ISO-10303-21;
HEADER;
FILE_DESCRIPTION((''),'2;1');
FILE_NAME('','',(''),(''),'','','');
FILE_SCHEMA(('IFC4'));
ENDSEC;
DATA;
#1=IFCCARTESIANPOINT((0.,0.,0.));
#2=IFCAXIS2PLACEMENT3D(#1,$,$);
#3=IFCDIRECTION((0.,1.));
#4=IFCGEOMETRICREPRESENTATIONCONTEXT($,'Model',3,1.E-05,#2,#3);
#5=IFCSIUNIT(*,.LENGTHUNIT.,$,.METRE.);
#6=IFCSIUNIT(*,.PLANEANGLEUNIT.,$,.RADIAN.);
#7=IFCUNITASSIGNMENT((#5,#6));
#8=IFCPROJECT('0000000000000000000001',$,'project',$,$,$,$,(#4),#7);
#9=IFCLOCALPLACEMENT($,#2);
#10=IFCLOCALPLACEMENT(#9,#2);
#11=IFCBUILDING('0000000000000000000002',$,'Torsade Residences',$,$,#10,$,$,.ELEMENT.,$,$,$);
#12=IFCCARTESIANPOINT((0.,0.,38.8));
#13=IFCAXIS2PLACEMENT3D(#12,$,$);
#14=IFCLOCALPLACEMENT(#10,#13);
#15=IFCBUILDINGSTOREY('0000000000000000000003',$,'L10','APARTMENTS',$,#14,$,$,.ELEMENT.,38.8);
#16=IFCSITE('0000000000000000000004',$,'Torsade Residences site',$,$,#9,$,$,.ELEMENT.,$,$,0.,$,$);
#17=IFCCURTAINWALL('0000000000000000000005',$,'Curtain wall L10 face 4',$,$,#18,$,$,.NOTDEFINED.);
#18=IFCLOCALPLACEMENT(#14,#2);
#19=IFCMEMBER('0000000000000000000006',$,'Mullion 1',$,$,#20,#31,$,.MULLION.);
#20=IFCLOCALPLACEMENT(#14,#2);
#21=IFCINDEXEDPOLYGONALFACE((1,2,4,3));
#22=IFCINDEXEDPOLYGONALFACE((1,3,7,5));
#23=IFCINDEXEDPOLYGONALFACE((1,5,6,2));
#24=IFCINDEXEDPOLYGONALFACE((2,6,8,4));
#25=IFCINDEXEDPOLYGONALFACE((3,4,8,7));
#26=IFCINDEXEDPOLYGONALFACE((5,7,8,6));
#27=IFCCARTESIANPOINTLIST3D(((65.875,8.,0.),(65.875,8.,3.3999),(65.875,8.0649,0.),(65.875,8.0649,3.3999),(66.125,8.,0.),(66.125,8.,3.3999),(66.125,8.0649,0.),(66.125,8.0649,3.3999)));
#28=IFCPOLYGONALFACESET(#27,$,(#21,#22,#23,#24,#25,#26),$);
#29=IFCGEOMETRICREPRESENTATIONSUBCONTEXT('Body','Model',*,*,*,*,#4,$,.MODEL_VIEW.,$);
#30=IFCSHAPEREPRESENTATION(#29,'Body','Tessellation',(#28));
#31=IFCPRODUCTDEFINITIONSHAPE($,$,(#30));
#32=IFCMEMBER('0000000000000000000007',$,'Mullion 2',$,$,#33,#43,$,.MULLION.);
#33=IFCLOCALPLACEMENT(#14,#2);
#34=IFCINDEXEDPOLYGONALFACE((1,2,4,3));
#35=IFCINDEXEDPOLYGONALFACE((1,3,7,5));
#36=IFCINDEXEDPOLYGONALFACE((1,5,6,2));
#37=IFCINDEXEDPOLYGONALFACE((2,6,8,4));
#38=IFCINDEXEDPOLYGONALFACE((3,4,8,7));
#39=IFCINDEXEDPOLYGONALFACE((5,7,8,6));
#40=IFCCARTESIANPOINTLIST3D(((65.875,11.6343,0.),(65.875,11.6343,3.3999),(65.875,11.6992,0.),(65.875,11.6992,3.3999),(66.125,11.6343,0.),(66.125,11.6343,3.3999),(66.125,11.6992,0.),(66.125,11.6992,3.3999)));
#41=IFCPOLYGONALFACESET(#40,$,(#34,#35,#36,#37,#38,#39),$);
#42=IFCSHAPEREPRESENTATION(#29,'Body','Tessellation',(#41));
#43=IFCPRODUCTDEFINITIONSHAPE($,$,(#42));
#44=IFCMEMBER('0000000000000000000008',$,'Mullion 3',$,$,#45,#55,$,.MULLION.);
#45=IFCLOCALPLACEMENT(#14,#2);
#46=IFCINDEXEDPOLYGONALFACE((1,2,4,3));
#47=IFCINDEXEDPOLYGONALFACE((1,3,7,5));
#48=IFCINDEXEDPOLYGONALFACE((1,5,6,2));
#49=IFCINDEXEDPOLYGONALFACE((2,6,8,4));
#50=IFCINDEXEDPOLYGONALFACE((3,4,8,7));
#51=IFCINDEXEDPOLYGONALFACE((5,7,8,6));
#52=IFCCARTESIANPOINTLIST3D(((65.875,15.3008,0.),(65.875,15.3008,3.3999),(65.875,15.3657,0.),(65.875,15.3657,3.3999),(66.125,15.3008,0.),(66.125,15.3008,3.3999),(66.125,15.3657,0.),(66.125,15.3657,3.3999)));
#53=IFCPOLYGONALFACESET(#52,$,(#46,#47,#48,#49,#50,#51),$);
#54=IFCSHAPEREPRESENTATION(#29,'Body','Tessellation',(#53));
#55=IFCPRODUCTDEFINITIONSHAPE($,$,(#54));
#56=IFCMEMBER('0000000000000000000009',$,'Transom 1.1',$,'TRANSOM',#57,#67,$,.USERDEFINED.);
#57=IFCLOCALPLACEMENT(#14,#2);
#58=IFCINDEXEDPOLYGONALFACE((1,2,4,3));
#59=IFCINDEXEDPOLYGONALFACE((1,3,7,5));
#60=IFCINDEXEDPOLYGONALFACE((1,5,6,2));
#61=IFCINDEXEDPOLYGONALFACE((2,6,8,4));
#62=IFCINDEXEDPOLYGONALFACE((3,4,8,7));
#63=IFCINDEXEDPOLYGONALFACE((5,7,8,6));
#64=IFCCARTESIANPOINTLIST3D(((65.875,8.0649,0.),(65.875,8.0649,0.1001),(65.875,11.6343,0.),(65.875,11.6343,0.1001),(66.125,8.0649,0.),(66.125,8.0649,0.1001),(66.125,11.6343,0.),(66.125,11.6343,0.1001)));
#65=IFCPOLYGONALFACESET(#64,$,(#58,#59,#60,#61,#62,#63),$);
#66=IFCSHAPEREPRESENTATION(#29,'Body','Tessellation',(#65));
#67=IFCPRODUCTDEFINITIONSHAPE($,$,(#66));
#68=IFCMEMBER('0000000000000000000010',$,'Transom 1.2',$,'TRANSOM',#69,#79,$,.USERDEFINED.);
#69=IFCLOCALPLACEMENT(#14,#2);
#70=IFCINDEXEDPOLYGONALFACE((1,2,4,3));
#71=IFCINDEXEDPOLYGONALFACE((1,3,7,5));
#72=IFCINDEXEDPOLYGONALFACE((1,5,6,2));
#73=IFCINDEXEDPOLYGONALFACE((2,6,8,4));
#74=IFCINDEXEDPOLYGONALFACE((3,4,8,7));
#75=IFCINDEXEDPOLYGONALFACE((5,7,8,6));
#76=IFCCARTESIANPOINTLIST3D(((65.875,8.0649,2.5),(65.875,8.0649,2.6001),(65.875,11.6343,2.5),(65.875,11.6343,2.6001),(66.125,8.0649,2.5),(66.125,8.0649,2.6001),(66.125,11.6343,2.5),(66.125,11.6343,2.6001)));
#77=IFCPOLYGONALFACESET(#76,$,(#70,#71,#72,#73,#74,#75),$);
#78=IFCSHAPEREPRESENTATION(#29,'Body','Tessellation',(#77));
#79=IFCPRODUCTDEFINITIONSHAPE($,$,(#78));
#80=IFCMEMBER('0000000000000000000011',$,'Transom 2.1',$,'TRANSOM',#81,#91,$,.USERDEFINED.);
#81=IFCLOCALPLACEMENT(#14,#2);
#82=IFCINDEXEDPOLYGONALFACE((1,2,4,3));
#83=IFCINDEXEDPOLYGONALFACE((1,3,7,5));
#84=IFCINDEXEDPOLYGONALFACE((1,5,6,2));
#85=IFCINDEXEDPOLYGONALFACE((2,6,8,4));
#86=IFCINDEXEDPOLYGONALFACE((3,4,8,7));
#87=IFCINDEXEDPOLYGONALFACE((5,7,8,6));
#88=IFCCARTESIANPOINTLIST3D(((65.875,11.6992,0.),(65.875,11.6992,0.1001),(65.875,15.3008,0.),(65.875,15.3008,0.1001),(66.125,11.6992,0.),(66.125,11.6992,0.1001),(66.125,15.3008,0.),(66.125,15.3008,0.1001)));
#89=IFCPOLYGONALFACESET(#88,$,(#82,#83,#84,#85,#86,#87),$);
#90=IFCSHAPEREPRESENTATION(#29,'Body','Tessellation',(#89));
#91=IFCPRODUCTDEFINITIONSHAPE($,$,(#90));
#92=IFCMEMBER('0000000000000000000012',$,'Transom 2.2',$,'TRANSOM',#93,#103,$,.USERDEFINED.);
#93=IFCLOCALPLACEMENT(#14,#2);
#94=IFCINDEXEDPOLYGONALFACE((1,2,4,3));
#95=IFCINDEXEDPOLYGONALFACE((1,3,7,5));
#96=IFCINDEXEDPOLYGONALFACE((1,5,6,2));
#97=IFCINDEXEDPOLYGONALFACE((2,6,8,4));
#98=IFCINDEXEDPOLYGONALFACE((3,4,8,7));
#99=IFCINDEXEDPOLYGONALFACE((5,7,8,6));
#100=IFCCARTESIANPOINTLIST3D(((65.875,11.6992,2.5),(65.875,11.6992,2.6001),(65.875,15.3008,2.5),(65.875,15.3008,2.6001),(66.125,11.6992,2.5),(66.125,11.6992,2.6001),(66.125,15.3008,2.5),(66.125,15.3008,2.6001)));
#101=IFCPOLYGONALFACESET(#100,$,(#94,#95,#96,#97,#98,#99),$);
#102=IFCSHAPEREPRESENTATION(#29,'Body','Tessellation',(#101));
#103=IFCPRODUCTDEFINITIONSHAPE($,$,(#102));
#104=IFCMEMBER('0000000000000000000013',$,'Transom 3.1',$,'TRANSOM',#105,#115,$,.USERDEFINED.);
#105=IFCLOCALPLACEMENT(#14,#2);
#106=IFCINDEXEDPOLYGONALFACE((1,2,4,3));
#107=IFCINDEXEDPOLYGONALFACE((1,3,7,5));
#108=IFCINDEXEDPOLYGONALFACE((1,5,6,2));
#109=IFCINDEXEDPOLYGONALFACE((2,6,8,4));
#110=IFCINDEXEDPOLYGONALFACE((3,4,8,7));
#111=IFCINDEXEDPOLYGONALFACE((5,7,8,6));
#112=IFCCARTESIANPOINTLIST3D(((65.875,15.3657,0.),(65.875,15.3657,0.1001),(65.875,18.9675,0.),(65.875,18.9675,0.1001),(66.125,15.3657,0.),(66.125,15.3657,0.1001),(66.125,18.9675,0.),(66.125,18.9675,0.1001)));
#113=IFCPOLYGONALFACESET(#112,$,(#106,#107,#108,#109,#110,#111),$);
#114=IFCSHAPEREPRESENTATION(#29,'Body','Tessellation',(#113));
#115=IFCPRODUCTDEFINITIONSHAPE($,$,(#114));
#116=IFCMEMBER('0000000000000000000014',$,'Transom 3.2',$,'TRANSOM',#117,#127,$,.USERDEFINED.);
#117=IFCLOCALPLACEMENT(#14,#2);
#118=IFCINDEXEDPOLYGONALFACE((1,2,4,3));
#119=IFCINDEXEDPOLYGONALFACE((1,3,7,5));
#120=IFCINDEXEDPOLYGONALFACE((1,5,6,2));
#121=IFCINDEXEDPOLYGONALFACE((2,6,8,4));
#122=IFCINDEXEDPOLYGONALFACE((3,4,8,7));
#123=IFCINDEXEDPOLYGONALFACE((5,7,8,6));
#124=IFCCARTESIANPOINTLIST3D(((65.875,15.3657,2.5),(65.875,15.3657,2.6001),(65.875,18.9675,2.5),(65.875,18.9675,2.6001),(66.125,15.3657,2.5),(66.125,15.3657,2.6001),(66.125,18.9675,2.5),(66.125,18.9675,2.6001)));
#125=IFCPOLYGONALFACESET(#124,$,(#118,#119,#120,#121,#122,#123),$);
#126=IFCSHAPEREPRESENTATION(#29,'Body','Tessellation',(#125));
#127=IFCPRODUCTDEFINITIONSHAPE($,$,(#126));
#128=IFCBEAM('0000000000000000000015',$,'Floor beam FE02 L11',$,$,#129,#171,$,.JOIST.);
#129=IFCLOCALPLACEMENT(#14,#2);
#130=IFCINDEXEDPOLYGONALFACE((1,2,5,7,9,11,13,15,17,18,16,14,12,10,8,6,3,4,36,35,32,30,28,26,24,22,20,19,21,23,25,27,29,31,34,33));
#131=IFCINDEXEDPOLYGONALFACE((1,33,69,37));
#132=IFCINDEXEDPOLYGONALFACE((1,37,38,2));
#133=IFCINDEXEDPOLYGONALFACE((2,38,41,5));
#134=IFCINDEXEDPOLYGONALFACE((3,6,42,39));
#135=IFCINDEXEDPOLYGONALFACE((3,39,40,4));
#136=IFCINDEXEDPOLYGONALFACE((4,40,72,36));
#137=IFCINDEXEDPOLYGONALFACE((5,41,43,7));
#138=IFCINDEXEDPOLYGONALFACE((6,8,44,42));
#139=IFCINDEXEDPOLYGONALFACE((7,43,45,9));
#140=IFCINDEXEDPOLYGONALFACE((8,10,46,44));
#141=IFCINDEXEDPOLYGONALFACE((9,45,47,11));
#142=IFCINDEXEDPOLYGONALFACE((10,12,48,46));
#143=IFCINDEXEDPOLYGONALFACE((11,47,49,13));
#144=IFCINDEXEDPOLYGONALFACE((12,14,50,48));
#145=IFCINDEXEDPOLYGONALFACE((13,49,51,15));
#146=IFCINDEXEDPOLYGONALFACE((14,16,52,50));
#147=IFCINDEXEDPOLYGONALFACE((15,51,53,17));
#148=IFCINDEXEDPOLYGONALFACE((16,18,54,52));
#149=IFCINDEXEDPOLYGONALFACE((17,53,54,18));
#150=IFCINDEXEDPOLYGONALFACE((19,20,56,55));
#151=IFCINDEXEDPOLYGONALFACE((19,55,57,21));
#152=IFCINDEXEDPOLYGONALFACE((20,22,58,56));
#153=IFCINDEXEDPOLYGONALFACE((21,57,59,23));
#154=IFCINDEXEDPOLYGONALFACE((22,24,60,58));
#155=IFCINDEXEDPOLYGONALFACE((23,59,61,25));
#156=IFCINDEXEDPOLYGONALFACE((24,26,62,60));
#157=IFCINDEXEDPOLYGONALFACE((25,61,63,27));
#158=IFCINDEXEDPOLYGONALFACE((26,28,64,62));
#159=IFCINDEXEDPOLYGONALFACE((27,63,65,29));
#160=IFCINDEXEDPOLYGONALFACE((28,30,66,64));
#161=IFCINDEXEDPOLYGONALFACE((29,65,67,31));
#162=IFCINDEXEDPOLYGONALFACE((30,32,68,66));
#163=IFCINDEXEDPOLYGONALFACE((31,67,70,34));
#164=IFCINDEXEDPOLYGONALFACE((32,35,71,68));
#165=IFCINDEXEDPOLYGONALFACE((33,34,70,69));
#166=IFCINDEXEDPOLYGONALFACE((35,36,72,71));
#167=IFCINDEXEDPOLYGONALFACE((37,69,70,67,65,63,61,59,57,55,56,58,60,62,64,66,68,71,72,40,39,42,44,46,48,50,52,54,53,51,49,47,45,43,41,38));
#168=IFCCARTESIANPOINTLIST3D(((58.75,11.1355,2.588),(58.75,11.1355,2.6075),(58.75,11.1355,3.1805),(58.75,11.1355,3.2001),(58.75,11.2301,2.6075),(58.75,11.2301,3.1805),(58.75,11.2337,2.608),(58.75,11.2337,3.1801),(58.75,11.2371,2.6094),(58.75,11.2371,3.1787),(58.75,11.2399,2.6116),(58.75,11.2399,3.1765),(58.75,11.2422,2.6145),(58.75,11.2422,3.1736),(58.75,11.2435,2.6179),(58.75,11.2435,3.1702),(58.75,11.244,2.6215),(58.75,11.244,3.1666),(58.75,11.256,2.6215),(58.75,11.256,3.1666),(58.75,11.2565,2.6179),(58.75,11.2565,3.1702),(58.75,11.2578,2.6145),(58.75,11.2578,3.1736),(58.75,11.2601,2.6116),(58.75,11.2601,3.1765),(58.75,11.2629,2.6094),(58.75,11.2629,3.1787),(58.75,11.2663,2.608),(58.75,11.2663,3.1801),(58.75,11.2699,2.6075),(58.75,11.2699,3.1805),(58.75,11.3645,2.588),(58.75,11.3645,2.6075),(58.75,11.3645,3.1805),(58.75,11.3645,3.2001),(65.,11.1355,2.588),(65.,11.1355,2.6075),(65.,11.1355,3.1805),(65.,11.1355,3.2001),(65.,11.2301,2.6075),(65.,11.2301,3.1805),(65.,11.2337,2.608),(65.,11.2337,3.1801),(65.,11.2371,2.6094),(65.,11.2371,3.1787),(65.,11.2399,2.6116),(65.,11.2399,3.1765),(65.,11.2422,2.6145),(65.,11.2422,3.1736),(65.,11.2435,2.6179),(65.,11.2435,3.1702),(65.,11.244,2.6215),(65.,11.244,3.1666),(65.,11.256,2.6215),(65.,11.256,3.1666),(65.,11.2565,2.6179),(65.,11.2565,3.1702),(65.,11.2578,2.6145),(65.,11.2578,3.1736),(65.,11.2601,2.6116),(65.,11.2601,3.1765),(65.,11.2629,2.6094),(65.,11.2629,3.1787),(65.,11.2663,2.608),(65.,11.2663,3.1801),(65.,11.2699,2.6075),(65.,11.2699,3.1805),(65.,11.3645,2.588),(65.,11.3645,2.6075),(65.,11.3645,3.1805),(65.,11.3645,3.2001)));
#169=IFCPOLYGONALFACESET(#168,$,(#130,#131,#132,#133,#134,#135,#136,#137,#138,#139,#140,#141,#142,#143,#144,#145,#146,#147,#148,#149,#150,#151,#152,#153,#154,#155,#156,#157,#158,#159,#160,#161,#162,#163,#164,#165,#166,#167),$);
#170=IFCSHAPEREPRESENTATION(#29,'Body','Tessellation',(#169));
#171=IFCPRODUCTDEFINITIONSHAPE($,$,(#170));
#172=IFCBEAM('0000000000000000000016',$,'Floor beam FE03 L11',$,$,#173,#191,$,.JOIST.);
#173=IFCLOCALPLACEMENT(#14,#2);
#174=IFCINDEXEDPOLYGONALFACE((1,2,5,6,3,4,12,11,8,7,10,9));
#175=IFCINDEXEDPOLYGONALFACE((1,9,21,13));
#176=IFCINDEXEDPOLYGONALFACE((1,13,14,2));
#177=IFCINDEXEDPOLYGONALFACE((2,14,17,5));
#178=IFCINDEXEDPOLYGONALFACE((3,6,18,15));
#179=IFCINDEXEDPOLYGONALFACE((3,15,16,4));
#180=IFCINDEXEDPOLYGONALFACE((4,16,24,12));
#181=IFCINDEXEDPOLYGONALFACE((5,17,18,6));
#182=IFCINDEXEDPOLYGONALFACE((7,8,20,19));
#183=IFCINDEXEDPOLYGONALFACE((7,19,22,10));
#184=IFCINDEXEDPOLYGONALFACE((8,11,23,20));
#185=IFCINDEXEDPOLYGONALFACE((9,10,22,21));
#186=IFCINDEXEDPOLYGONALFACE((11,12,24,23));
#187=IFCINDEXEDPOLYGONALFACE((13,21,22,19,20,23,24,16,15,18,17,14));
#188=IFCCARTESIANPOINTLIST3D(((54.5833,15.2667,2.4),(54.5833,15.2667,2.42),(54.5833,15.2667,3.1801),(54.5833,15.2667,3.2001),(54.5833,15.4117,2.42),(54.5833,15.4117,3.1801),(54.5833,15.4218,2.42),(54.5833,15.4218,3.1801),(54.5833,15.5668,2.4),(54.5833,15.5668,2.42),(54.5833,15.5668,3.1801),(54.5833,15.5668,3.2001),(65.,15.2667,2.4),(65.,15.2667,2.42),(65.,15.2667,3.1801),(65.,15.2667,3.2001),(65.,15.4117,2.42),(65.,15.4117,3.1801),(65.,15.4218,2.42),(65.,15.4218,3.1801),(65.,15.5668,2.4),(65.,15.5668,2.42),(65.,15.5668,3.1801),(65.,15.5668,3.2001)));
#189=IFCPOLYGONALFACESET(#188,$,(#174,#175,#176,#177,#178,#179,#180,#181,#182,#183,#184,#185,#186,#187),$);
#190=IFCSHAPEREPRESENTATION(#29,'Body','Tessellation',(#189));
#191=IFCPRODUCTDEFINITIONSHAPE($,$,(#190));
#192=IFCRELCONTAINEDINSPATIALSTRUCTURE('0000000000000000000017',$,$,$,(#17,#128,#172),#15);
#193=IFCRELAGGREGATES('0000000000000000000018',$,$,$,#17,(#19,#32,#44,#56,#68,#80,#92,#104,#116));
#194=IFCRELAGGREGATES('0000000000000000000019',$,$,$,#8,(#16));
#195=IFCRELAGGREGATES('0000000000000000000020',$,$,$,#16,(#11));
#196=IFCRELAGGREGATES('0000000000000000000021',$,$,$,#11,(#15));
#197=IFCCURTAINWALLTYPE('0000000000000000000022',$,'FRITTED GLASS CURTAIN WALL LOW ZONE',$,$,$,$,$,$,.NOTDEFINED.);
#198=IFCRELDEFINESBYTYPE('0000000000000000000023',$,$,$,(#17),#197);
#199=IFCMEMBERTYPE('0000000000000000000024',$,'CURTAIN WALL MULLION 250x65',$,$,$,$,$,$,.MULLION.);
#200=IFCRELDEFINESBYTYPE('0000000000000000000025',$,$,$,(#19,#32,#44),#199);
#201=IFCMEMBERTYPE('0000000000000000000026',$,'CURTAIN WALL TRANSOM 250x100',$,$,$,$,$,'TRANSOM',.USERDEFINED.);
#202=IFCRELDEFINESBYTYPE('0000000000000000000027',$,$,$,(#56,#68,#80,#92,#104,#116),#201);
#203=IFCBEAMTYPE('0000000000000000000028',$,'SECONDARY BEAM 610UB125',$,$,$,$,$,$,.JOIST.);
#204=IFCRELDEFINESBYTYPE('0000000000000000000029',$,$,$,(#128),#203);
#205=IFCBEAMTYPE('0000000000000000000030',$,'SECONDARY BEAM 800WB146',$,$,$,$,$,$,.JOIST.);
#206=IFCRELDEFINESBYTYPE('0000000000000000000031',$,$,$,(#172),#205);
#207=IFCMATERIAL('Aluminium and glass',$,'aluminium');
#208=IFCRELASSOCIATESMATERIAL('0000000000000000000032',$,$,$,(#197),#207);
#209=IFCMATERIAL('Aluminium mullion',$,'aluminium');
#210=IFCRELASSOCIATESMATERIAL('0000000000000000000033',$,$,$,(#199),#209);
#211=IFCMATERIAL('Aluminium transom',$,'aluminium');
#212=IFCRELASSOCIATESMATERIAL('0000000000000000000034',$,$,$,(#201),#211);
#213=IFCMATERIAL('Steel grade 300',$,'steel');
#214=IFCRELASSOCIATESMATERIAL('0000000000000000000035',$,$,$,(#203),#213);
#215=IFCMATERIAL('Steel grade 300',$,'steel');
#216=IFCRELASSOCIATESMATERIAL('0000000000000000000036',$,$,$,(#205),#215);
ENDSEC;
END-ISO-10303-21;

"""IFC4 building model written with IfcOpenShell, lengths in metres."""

from ifc_helpers import new_model, si_unit, direction, frame, origin, origin_2d, place, context, subcontext, project, spatial, rectangle, i_section, extrude, material, material_profile, profile_set, type_object, element, aggregate, save


model = new_model("IFC4")

# Units and contexts
model_context = context("Model", 3, precision=1e-05, world=origin(), true_north=direction((0.0, 1.0)))
body_context = subcontext(model_context, "Body", "Model", "MODEL_VIEW")
ifc_project = project(units=[si_unit("LENGTHUNIT", "METRE"), si_unit("PLANEANGLEUNIT", "RADIAN")], contexts=[model_context])

# Site, building, storey
site_placement = place(None, origin())
site = spatial("IfcSite", under=ifc_project, at=site_placement, Name="Torsade Residences site", CompositionType="ELEMENT", RefElevation=0.0)
building_placement = place(site_placement, origin())
building = spatial("IfcBuilding", under=site, at=building_placement, Name="Torsade Residences", CompositionType="ELEMENT")
storey_placement = place(building_placement, frame((0.0, 0.0, 38.8)))
storey = spatial("IfcBuildingStorey", under=building, at=storey_placement, Name="L10", Description="APARTMENTS", CompositionType="ELEMENT", Elevation=38.8)

# Curtain wall, members
ifc_material_1 = material(Name="Aluminium and glass", Category="aluminium")
curtain_wall_type = type_object("IfcCurtainWallType", Name="FRITTED GLASS CURTAIN WALL LOW ZONE", PredefinedType="NOTDEFINED", material=ifc_material_1)
curtain_wall_placement = place(storey_placement, origin())
curtain_wall = element("IfcCurtainWall", 1, at=curtain_wall_placement, inside=storey, type_object=curtain_wall_type, Name="Curtain wall L10 face 4", PredefinedType="NOTDEFINED")
ifc_material_2 = material(Name="Aluminium mullion", Category="aluminium")
ifc_material_profile_1 = material_profile(ifc_material_2, rectangle(XDim=0.25, YDim=0.0649, at=origin_2d()), Name="CURTAIN WALL MULLION 250x65")
ifc_profile_set_1 = profile_set([ifc_material_profile_1], Name="Aluminium mullion")
member_type_1 = type_object("IfcMemberType", Name="CURTAIN WALL MULLION 250x65", PredefinedType="MULLION", material=ifc_profile_set_1)
member_1_placement = place(storey_placement, frame((66.0, 8.0325, 0.0), z_axis=(0.0, 0.0, 1.0), x_axis=(-1.0, 0.0, 0.0)))
member_1 = element("IfcMember", 2, at=member_1_placement, type_object=member_type_1, Name="Mullion 1", PredefinedType="MULLION", context=body_context, shape_type="SweptSolid", body=[
    extrude(rectangle(XDim=0.25, YDim=0.0649, at=origin_2d()), origin(), (0.0, 0.0, 1.0), 3.3999),
])
member_2_placement = place(storey_placement, frame((66.0, 11.6667, 0.0), z_axis=(0.0, 0.0, 1.0), x_axis=(-1.0, 0.0, 0.0)))
member_2 = element("IfcMember", 3, at=member_2_placement, type_object=member_type_1, Name="Mullion 2", PredefinedType="MULLION", context=body_context, shape_type="SweptSolid", body=[
    extrude(rectangle(XDim=0.25, YDim=0.0649, at=origin_2d()), origin(), (0.0, 0.0, 1.0), 3.3999),
])
member_3_placement = place(storey_placement, frame((66.0, 15.3333, 0.0), z_axis=(0.0, 0.0, 1.0), x_axis=(-1.0, 0.0, 0.0)))
member_3 = element("IfcMember", 4, at=member_3_placement, type_object=member_type_1, Name="Mullion 3", PredefinedType="MULLION", context=body_context, shape_type="SweptSolid", body=[
    extrude(rectangle(XDim=0.25, YDim=0.0649, at=origin_2d()), origin(), (0.0, 0.0, 1.0), 3.3999),
])
ifc_material_3 = material(Name="Aluminium transom", Category="aluminium")
ifc_material_profile_2 = material_profile(ifc_material_3, rectangle(XDim=0.25, YDim=0.1001, at=origin_2d()), Name="CURTAIN WALL TRANSOM 250x100")
ifc_profile_set_2 = profile_set([ifc_material_profile_2], Name="Aluminium transom")
member_type_2 = type_object("IfcMemberType", Name="CURTAIN WALL TRANSOM 250x100", ElementType="TRANSOM", PredefinedType="USERDEFINED", material=ifc_profile_set_2)
member_4_placement = place(storey_placement, frame((66.0, 8.0649, 0.05), z_axis=(0.0, 1.0, 0.0), x_axis=(-1.0, 0.0, 0.0)))
member_4 = element("IfcMember", 5, at=member_4_placement, type_object=member_type_2, Name="Transom 1.1", ObjectType="TRANSOM", PredefinedType="USERDEFINED", context=body_context, shape_type="SweptSolid", body=[
    extrude(rectangle(XDim=0.25, YDim=0.1001, at=origin_2d()), origin(), (0.0, 0.0, 1.0), 3.5693),
])
member_5_placement = place(storey_placement, frame((66.0, 8.0649, 2.55), z_axis=(0.0, 1.0, 0.0), x_axis=(-1.0, 0.0, 0.0)))
member_5 = element("IfcMember", 6, at=member_5_placement, type_object=member_type_2, Name="Transom 1.2", ObjectType="TRANSOM", PredefinedType="USERDEFINED", context=body_context, shape_type="SweptSolid", body=[
    extrude(rectangle(XDim=0.25, YDim=0.1001, at=origin_2d()), origin(), (0.0, 0.0, 1.0), 3.5693),
])
member_6_placement = place(storey_placement, frame((66.0, 11.6992, 0.05), z_axis=(0.0, 1.0, 0.0), x_axis=(-1.0, 0.0, 0.0)))
member_6 = element("IfcMember", 7, at=member_6_placement, type_object=member_type_2, Name="Transom 2.1", ObjectType="TRANSOM", PredefinedType="USERDEFINED", context=body_context, shape_type="SweptSolid", body=[
    extrude(rectangle(XDim=0.25, YDim=0.1001, at=origin_2d()), origin(), (0.0, 0.0, 1.0), 3.6016),
])
member_7_placement = place(storey_placement, frame((66.0, 11.6992, 2.55), z_axis=(0.0, 1.0, 0.0), x_axis=(-1.0, 0.0, 0.0)))
member_7 = element("IfcMember", 8, at=member_7_placement, type_object=member_type_2, Name="Transom 2.2", ObjectType="TRANSOM", PredefinedType="USERDEFINED", context=body_context, shape_type="SweptSolid", body=[
    extrude(rectangle(XDim=0.25, YDim=0.1001, at=origin_2d()), origin(), (0.0, 0.0, 1.0), 3.6016),
])
member_8_placement = place(storey_placement, frame((66.0, 15.3657, 0.05), z_axis=(0.0, 1.0, 0.0), x_axis=(-1.0, 0.0, 0.0)))
member_8 = element("IfcMember", 9, at=member_8_placement, type_object=member_type_2, Name="Transom 3.1", ObjectType="TRANSOM", PredefinedType="USERDEFINED", context=body_context, shape_type="SweptSolid", body=[
    extrude(rectangle(XDim=0.25, YDim=0.1001, at=origin_2d()), origin(), (0.0, 0.0, 1.0), 3.6018),
])
member_9_placement = place(storey_placement, frame((66.0, 15.3657, 2.55), z_axis=(0.0, 1.0, 0.0), x_axis=(-1.0, 0.0, 0.0)))
member_9 = element("IfcMember", 10, at=member_9_placement, type_object=member_type_2, Name="Transom 3.2", ObjectType="TRANSOM", PredefinedType="USERDEFINED", context=body_context, shape_type="SweptSolid", body=[
    extrude(rectangle(XDim=0.25, YDim=0.1001, at=origin_2d()), origin(), (0.0, 0.0, 1.0), 3.6018),
])

# Beams
ifc_material_4 = material(Name="Steel grade 300", Category="steel")
ifc_material_profile_3 = material_profile(ifc_material_4, i_section(OverallWidth=0.229, OverallDepth=0.6121, WebThickness=0.012, FlangeThickness=0.0195, FilletRadius=0.0139, at=origin_2d()), Name="610UB125")
ifc_profile_set_3 = profile_set([ifc_material_profile_3], Name="Steel grade 300")
beam_type_1 = type_object("IfcBeamType", Name="SECONDARY BEAM 610UB125", PredefinedType="JOIST", material=ifc_profile_set_3)
beam_1_placement = place(storey_placement, frame((65.0, 11.25, 2.894), z_axis=(-1.0, 0.0, 0.0), x_axis=(0.0, -1.0, 0.0)))
element("IfcBeam", 11, at=beam_1_placement, inside=storey, type_object=beam_type_1, Name="Floor beam FE02 L11", PredefinedType="JOIST", context=body_context, shape_type="SweptSolid", body=[
    extrude(i_section(OverallWidth=0.229, OverallDepth=0.6121, WebThickness=0.012, FlangeThickness=0.0195, FilletRadius=0.0139, at=origin_2d()), origin(), (0.0, 0.0, 1.0), 6.25),
])
ifc_material_5 = material(Name="Steel grade 300", Category="steel")
ifc_material_profile_4 = material_profile(ifc_material_5, i_section(OverallWidth=0.3, OverallDepth=0.8, WebThickness=0.01, FlangeThickness=0.02, at=origin_2d()), Name="800WB146")
ifc_profile_set_4 = profile_set([ifc_material_profile_4], Name="Steel grade 300")
beam_type_2 = type_object("IfcBeamType", Name="SECONDARY BEAM 800WB146", PredefinedType="JOIST", material=ifc_profile_set_4)
beam_2_placement = place(storey_placement, frame((65.0, 15.4167, 2.8), z_axis=(-1.0, 0.0, 0.0), x_axis=(0.0, -1.0, 0.0)))
element("IfcBeam", 12, at=beam_2_placement, inside=storey, type_object=beam_type_2, Name="Floor beam FE03 L11", PredefinedType="JOIST", context=body_context, shape_type="SweptSolid", body=[
    extrude(i_section(OverallWidth=0.3, OverallDepth=0.8, WebThickness=0.01, FlangeThickness=0.02, at=origin_2d()), origin(), (0.0, 0.0, 1.0), 10.4167),
])

aggregate(curtain_wall, [member_1, member_2, member_3, member_4, member_5, member_6, member_7, member_8, member_9])

save(model, "model.ifc")
